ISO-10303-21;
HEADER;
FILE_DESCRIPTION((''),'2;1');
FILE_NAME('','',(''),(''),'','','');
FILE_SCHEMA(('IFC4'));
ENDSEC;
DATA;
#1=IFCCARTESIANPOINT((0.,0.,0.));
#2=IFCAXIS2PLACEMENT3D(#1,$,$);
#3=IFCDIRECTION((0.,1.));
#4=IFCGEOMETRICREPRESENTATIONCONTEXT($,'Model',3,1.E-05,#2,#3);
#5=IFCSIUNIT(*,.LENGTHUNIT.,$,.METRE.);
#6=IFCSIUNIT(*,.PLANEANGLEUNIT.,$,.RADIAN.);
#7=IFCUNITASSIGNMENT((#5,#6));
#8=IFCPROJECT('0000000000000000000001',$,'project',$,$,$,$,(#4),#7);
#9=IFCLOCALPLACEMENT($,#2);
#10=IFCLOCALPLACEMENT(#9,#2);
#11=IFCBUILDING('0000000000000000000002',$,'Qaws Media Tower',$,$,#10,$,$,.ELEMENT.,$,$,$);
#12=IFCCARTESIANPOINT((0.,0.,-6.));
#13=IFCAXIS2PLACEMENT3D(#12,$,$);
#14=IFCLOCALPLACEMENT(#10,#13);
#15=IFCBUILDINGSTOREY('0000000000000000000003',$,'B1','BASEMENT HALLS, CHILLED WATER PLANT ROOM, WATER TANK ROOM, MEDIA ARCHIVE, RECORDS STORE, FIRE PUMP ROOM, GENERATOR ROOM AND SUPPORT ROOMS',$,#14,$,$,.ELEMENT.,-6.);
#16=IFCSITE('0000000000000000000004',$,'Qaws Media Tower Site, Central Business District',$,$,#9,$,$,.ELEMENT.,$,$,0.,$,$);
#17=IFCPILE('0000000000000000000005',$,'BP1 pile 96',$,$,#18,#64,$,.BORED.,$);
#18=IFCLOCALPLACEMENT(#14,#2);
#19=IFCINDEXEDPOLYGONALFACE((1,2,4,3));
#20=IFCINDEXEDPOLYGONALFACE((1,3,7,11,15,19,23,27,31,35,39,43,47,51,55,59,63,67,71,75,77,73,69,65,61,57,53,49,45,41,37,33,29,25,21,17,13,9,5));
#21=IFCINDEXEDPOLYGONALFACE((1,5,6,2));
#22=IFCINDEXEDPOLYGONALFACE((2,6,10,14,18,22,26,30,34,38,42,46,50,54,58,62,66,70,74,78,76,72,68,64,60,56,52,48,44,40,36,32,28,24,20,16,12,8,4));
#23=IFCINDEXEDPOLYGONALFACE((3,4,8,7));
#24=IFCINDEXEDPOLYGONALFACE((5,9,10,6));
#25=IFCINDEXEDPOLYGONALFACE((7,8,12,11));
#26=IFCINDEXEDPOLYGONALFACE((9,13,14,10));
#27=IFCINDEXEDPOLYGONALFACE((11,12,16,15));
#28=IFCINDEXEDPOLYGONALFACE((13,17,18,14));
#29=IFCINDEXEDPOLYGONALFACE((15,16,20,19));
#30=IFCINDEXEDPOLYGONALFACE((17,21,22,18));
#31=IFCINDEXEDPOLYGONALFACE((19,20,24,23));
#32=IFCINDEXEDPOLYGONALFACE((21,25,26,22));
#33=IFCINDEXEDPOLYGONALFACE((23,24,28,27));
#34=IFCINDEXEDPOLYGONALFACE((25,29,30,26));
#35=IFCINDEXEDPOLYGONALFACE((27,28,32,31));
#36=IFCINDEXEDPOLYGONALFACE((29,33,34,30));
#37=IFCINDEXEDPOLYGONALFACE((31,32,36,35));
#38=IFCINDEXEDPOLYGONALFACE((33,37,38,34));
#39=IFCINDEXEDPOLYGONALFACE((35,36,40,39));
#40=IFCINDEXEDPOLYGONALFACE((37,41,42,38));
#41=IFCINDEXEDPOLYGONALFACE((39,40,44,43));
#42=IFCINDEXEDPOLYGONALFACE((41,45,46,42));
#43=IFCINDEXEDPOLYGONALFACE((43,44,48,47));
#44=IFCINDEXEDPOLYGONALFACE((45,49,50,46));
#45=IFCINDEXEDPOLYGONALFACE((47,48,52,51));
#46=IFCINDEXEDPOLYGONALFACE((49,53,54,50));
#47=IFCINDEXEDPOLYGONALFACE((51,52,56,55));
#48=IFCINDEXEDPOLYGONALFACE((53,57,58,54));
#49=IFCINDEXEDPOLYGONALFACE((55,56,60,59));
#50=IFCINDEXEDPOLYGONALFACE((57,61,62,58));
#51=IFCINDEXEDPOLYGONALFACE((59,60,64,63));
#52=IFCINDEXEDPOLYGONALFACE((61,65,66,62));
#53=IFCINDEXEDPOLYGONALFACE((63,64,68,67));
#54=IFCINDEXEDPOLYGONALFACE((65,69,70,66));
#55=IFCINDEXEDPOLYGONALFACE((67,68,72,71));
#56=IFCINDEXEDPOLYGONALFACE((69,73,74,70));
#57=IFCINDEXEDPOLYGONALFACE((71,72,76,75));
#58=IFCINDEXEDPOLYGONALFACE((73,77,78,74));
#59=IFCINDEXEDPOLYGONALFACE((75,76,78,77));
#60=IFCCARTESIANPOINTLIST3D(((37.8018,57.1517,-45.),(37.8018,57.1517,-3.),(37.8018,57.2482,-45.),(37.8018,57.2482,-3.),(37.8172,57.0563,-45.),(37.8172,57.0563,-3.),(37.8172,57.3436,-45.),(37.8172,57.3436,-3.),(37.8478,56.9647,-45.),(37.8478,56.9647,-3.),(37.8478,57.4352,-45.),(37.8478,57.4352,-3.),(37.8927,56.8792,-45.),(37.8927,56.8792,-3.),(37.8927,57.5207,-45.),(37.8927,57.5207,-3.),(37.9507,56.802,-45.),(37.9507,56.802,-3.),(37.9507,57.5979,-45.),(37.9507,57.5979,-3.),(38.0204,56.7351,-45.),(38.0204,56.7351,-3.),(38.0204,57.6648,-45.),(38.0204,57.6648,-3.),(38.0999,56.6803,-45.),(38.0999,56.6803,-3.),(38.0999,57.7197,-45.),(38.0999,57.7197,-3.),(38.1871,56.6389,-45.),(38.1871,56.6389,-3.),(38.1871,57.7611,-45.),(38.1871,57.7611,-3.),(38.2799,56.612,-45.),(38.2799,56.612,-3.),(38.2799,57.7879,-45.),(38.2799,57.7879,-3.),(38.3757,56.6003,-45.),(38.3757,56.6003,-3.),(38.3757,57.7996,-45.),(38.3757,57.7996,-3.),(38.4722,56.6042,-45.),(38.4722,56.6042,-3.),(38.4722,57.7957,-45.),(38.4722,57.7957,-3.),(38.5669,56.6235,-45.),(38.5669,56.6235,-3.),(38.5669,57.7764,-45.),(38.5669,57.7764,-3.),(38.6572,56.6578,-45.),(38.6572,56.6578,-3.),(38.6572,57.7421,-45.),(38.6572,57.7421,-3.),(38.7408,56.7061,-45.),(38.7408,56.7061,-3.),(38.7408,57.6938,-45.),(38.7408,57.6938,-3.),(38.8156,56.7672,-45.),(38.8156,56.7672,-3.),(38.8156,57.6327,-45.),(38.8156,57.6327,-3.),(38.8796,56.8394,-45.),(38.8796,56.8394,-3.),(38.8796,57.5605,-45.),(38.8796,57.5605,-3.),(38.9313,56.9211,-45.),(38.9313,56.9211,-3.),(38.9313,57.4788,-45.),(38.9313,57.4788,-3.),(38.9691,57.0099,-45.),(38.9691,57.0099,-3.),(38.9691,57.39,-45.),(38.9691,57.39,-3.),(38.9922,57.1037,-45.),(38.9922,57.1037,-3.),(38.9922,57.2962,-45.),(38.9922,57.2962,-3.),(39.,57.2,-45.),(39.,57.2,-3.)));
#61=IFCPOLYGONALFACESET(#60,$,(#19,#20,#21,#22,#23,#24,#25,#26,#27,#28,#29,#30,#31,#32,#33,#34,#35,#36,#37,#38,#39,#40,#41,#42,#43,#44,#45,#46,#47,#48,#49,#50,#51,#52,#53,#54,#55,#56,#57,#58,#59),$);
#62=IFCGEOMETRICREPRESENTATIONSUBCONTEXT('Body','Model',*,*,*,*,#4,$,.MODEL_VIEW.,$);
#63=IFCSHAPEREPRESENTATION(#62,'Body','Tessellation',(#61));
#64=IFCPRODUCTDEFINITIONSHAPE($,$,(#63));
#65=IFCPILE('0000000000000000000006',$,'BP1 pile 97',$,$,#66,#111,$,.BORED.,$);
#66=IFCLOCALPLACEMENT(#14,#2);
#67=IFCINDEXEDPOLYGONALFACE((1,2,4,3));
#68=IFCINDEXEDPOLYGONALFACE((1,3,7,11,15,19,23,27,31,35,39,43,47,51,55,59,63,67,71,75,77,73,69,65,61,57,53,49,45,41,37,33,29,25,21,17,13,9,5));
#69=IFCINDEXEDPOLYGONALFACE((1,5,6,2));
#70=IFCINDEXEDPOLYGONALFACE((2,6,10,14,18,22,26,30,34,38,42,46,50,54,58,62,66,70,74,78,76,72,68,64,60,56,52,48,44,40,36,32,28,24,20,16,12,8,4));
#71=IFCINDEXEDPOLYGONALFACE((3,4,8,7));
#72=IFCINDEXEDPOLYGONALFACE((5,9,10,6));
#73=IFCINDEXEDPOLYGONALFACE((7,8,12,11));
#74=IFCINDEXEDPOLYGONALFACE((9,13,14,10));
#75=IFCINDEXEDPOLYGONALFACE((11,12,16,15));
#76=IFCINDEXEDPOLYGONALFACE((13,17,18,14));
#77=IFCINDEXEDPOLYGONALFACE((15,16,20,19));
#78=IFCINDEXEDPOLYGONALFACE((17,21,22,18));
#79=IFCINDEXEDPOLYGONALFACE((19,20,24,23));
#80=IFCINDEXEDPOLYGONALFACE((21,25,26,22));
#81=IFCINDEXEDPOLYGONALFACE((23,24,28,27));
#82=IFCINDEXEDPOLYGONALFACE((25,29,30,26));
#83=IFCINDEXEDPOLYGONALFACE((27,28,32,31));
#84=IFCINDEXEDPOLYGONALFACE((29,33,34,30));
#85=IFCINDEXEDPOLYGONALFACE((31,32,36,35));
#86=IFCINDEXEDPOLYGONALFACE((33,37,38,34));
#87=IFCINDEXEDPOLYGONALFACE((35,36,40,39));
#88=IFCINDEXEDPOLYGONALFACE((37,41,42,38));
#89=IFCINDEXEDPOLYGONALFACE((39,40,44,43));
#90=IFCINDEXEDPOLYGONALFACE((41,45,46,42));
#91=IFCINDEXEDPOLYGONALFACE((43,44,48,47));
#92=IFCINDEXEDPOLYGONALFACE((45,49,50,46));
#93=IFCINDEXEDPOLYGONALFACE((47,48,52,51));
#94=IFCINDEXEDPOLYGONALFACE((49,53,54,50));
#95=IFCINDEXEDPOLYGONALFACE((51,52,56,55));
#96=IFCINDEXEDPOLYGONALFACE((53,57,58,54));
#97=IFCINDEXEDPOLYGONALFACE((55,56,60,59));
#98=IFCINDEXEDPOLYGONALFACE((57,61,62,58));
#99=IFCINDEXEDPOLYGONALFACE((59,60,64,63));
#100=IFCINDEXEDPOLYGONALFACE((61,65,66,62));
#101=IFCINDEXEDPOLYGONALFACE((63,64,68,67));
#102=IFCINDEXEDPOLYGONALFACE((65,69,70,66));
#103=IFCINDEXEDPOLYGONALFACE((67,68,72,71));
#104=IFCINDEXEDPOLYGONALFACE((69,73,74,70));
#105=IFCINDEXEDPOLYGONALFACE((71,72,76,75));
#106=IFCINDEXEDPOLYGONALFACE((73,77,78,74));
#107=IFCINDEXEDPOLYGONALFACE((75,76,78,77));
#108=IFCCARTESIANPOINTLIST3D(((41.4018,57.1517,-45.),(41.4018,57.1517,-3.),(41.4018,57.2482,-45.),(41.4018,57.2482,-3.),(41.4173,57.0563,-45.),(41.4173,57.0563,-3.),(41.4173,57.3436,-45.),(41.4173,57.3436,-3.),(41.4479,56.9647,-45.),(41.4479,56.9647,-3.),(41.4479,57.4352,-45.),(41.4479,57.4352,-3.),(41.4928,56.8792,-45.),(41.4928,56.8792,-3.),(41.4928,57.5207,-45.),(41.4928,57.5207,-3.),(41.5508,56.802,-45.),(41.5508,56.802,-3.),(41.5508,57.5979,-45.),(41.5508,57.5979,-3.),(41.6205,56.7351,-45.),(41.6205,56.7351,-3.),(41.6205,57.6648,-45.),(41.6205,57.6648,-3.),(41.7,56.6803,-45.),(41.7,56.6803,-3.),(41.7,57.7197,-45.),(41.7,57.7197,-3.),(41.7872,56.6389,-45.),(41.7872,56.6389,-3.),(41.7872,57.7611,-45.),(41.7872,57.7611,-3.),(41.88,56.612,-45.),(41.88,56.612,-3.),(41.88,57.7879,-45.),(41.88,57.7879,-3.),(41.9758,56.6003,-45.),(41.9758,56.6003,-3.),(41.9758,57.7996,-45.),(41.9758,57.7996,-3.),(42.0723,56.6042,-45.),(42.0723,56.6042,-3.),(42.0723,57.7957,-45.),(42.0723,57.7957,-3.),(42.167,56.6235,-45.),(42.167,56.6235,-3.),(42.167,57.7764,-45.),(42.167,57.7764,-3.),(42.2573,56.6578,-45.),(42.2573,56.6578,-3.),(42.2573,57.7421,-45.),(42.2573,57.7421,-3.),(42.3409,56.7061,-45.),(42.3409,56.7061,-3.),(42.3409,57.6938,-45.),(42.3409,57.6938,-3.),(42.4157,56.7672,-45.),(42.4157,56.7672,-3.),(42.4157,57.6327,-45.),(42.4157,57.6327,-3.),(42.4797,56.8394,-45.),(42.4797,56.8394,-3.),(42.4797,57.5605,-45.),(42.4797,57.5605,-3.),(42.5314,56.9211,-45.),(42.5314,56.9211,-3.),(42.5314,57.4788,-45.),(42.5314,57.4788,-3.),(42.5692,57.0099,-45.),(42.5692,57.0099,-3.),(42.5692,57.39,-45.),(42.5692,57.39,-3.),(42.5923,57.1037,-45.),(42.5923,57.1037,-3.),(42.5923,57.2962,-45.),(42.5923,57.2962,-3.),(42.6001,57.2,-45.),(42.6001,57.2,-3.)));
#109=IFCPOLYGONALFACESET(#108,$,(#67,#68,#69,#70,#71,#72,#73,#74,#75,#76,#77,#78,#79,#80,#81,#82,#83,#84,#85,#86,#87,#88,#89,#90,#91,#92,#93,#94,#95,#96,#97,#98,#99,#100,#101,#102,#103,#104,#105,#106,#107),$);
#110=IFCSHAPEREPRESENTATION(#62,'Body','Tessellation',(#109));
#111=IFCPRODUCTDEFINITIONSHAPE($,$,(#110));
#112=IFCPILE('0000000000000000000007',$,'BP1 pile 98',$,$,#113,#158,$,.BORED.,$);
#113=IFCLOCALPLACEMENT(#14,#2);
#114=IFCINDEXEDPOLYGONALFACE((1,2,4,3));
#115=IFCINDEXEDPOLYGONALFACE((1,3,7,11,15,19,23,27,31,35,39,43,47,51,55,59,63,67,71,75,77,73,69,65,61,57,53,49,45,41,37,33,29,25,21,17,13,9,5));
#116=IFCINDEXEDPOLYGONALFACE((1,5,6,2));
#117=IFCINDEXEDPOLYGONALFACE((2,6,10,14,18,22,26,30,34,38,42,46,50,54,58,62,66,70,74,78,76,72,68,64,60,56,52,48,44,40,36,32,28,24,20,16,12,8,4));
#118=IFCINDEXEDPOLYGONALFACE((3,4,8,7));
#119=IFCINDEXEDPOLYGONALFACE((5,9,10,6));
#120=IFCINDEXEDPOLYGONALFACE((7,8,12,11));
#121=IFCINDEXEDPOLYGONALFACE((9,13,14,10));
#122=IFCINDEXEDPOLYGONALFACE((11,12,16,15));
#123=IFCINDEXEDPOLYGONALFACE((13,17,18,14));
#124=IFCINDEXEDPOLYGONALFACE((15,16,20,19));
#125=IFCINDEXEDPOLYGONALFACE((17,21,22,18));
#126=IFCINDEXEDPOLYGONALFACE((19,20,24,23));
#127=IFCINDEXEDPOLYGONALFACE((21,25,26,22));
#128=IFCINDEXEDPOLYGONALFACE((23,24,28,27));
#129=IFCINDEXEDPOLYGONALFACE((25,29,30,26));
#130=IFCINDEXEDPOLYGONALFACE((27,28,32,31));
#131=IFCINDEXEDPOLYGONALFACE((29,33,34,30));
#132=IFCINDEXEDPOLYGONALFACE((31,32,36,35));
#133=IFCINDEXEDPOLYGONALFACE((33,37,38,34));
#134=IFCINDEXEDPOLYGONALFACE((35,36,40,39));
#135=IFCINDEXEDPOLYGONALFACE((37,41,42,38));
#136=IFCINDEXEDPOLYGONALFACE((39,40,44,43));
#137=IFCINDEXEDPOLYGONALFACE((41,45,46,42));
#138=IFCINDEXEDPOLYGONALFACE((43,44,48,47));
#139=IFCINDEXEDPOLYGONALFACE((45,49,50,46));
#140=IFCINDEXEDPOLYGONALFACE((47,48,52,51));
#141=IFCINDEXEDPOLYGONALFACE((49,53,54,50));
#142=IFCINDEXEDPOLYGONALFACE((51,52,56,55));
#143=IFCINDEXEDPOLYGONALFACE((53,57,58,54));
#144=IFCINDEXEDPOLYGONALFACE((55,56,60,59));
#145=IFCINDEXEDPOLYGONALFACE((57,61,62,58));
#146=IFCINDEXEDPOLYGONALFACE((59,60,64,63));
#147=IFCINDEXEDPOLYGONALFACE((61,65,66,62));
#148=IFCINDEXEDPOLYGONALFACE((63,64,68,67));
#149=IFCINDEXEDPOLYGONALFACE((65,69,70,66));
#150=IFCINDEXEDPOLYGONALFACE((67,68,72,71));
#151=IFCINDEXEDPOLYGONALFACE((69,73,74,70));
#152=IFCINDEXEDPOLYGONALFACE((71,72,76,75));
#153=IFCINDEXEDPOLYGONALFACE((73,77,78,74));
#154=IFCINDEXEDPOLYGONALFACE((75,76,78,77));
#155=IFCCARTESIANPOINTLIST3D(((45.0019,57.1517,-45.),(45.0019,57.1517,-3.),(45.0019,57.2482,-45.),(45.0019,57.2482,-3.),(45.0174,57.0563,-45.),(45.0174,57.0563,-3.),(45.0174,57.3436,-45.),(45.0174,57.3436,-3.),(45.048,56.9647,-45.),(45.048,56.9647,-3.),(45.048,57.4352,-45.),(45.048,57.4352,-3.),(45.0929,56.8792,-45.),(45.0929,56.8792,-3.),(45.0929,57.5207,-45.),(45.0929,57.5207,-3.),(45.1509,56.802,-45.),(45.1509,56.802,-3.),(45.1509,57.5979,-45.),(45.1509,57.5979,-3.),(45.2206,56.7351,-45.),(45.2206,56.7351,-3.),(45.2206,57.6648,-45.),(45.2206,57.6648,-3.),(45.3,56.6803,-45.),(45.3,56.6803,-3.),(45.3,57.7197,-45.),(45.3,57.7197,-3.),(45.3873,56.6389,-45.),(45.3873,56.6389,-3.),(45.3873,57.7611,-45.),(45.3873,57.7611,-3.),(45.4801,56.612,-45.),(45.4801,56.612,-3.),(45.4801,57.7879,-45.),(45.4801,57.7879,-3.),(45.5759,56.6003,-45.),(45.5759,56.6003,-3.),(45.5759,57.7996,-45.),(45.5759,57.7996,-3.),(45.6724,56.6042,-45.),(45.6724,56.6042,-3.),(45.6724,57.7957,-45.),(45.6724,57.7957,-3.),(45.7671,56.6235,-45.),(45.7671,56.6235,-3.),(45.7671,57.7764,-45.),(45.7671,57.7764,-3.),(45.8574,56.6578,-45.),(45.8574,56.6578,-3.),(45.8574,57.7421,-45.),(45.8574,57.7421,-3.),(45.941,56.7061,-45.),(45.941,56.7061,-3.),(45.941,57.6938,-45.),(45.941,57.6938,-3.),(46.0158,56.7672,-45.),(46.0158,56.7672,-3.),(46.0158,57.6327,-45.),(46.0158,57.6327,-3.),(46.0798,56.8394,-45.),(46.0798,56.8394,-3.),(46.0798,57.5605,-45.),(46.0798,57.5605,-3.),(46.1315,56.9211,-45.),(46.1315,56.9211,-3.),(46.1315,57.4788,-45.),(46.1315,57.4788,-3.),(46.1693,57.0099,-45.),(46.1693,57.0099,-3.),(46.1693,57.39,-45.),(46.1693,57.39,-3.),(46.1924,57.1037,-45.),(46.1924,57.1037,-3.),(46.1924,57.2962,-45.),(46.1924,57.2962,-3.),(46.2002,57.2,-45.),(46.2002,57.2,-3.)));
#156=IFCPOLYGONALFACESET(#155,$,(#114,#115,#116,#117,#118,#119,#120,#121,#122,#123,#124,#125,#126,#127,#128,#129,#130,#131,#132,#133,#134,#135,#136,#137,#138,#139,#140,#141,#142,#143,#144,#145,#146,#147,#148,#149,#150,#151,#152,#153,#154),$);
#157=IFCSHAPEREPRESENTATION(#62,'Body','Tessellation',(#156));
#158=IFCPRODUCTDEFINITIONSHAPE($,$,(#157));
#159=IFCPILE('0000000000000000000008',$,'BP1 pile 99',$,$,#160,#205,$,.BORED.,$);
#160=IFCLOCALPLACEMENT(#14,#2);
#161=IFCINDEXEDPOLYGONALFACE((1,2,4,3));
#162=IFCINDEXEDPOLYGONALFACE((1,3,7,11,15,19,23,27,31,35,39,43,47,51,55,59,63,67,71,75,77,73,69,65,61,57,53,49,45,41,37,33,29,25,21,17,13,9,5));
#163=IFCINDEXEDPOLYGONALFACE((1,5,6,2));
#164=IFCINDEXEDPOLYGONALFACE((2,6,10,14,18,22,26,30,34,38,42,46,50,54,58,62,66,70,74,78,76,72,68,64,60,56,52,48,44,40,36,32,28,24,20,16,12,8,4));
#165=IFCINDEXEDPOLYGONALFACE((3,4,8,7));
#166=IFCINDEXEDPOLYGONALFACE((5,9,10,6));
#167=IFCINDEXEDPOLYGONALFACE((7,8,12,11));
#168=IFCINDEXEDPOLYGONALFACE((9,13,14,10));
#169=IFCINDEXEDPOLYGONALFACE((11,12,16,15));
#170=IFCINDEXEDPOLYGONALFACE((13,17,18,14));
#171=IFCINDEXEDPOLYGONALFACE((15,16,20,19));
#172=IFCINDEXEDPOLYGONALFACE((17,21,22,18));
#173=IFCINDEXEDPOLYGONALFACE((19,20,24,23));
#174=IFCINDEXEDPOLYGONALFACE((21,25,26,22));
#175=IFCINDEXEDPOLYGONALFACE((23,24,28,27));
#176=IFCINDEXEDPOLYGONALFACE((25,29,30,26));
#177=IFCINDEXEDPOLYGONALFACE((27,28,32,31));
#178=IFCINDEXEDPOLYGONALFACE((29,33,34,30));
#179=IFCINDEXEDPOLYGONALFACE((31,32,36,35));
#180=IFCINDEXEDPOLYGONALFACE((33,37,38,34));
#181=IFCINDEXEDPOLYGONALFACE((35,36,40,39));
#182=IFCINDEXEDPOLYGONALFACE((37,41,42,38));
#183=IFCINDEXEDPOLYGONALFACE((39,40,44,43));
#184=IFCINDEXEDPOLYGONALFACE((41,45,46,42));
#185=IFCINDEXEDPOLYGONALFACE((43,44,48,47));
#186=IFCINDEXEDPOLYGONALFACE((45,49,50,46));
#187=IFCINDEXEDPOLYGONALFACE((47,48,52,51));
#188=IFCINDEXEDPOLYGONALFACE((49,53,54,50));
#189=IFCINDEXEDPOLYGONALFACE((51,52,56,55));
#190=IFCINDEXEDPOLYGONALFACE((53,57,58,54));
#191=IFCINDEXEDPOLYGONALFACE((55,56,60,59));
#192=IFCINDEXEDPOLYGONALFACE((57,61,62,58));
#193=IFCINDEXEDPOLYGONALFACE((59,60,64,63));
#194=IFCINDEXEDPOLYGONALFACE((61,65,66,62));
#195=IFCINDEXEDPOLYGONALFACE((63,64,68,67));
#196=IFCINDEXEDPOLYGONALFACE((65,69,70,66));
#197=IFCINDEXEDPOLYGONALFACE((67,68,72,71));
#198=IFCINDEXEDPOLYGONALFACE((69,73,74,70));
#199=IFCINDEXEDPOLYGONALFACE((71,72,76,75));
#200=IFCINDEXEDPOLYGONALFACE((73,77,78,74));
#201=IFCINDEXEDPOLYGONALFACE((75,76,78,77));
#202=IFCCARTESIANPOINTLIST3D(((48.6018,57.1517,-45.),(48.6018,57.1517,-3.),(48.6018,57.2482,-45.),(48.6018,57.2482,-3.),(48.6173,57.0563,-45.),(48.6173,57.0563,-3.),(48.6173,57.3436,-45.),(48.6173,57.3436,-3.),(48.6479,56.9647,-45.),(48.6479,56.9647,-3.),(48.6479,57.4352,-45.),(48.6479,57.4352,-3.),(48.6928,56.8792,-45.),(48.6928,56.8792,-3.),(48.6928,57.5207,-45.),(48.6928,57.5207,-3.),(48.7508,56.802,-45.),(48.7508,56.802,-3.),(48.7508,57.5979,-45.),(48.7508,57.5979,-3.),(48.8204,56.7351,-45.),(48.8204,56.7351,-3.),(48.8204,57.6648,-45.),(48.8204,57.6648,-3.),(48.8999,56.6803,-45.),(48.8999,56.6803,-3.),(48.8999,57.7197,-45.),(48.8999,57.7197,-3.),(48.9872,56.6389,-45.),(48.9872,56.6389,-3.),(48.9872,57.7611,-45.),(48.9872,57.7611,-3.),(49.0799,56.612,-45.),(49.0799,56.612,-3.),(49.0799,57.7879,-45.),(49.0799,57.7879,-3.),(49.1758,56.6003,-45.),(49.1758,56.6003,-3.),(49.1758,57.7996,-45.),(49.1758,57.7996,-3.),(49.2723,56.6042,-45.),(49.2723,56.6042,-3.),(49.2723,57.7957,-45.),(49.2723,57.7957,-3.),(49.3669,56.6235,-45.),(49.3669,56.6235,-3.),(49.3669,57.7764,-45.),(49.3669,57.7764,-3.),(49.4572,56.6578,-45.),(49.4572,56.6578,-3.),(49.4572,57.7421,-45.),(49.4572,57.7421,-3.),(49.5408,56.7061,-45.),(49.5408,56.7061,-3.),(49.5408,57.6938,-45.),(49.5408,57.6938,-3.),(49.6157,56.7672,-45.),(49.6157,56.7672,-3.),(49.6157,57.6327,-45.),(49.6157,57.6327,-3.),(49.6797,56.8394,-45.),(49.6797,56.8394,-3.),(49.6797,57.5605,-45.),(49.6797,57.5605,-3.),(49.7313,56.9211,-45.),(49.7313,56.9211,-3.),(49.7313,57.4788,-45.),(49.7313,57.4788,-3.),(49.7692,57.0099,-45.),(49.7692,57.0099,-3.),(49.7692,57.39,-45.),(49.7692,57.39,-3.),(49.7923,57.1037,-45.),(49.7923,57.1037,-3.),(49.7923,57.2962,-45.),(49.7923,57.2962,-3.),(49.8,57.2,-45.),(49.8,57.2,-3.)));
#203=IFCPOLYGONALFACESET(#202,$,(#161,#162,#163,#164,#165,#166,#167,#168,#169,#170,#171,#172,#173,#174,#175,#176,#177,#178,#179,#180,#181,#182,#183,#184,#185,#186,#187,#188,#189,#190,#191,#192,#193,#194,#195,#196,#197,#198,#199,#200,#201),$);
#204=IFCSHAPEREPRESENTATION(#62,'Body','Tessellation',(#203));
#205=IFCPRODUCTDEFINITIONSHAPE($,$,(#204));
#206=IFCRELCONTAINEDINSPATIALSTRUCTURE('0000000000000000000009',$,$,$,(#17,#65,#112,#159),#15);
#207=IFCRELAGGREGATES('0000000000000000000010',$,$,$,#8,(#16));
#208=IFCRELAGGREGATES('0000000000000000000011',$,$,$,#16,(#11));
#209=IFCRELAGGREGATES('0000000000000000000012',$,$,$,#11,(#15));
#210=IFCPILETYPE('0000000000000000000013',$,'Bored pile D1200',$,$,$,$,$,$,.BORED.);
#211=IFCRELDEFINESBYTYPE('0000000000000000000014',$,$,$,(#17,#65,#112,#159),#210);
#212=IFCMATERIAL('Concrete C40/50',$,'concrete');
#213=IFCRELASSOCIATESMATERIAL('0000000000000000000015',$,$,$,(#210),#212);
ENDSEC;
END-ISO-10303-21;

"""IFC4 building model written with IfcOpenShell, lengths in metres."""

from ifc_helpers import new_model, si_unit, direction, frame, origin, origin_2d, place, context, subcontext, project, spatial, circle, extrude, material, material_profile, profile_set, type_object, element, save


model = new_model("IFC4")

# Units and contexts
model_context = context("Model", 3, precision=1e-05, world=origin(), true_north=direction((0.0, 1.0)))
body_context = subcontext(model_context, "Body", "Model", "MODEL_VIEW")
ifc_project = project(units=[si_unit("LENGTHUNIT", "METRE"), si_unit("PLANEANGLEUNIT", "RADIAN")], contexts=[model_context])

# Site, building, storey
site_placement = place(None, origin())
site = spatial("IfcSite", under=ifc_project, at=site_placement, Name="Qaws Media Tower Site, Central Business District", CompositionType="ELEMENT", RefElevation=0.0)
building_placement = place(site_placement, origin())
building = spatial("IfcBuilding", under=site, at=building_placement, Name="Qaws Media Tower", CompositionType="ELEMENT")
storey_placement = place(building_placement, frame((0.0, 0.0, -6.0)))
storey = spatial("IfcBuildingStorey", under=building, at=storey_placement, Name="B1", Description="BASEMENT HALLS, CHILLED WATER PLANT ROOM, WATER TANK ROOM, MEDIA ARCHIVE, RECORDS STORE, FIRE PUMP ROOM, GENERATOR ROOM AND SUPPORT ROOMS", CompositionType="ELEMENT", Elevation=-6.0)

# Piles
ifc_material_1 = material(Name="Concrete C40/50", Category="concrete")
ifc_material_profile_1 = material_profile(ifc_material_1, circle(Radius=0.6001, at=origin_2d()), Name="D1200")
ifc_profile_set_1 = profile_set([ifc_material_profile_1], Name="Concrete C40/50")
pile_type = type_object("IfcPileType", Name="Bored pile D1200", PredefinedType="BORED", material=ifc_profile_set_1)
for number, where, z_axis, x_axis, name in (
    (1, (38.3999, 57.2, -3.0), (0.0, 0.0, -1.0), (1.0, 0.0, 0.0), "BP1 pile 96"),
    (2, (42.0, 57.2, -3.0), (0.0, 0.0, -1.0), (1.0, 0.0, 0.0), "BP1 pile 97"),
    (3, (45.6001, 57.2, -3.0), (0.0, 0.0, -1.0), (1.0, 0.0, 0.0), "BP1 pile 98"),
    (4, (49.2, 57.2, -3.0), (0.0, 0.0, -1.0), (1.0, 0.0, 0.0), "BP1 pile 99"),
):
    element("IfcPile", number, at=place(storey_placement, frame(where, z_axis=z_axis, x_axis=x_axis)), inside=storey, type_object=pile_type, Name=name, PredefinedType="BORED", context=body_context, shape_type="SweptSolid", body=[
        extrude(circle(Radius=0.6001, at=origin_2d()), origin(), (0.0, 0.0, 1.0), 42.0),
    ])

save(model, "model.ifc")
